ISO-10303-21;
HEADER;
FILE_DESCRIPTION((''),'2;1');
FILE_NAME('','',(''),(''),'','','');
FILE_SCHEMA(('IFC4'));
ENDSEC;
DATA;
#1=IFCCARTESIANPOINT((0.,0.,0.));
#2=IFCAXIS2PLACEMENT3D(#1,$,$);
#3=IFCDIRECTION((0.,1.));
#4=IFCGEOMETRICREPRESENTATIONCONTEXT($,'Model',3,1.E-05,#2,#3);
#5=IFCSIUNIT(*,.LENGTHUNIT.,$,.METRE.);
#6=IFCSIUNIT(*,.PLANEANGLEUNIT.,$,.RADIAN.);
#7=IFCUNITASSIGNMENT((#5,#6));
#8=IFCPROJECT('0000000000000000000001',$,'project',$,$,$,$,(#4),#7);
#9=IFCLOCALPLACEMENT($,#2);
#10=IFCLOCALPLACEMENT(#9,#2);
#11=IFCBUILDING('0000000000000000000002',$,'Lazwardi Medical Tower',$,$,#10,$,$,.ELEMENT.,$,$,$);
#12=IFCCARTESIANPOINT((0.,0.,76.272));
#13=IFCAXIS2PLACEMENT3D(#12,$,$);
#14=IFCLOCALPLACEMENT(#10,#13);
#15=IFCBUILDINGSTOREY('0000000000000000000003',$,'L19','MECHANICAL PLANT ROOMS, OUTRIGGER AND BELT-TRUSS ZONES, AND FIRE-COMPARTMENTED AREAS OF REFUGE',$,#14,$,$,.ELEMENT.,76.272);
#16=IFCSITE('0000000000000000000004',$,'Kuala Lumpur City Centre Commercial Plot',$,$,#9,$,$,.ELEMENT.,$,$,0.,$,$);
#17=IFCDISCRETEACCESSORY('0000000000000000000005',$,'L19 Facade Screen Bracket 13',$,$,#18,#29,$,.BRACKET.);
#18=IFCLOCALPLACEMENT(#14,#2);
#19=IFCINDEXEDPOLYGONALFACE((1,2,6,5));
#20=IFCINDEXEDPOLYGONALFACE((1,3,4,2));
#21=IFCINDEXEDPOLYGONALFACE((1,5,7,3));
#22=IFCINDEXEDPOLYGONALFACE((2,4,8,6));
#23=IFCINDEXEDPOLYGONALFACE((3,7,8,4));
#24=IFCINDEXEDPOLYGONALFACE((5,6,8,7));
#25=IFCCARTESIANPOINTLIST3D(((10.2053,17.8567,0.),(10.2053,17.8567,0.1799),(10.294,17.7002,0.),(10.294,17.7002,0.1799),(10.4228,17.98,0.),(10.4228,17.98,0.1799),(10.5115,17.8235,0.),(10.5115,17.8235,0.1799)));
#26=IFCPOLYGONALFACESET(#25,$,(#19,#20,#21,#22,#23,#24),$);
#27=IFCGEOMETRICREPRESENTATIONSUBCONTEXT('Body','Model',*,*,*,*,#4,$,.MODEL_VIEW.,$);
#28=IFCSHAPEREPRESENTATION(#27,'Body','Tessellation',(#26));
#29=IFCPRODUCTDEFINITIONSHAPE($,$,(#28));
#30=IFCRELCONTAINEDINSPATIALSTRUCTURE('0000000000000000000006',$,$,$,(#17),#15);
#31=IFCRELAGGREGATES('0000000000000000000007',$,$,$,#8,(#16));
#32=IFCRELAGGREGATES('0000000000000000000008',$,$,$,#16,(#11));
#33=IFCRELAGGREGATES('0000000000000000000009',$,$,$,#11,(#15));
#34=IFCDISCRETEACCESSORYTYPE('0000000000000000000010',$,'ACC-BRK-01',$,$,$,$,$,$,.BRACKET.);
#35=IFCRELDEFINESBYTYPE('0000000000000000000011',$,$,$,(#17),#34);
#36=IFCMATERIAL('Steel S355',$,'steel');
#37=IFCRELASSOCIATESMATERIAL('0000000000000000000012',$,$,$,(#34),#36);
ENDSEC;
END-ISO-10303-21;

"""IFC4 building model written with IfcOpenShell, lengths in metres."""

from ifc_helpers import new_model, si_unit, direction, frame, origin, origin_2d, place, context, subcontext, project, spatial, rectangle, extrude, material, type_object, element, save


model = new_model("IFC4")

# Units and contexts
model_context = context("Model", 3, precision=1e-05, world=origin(), true_north=direction((0.0, 1.0)))
body_context = subcontext(model_context, "Body", "Model", "MODEL_VIEW")
ifc_project = project(units=[si_unit("LENGTHUNIT", "METRE"), si_unit("PLANEANGLEUNIT", "RADIAN")], contexts=[model_context])

# Site, building, storey
site_placement = place(None, origin())
site = spatial("IfcSite", under=ifc_project, at=site_placement, Name="Kuala Lumpur City Centre Commercial Plot", CompositionType="ELEMENT", RefElevation=0.0)
building_placement = place(site_placement, origin())
building = spatial("IfcBuilding", under=site, at=building_placement, Name="Lazwardi Medical Tower", CompositionType="ELEMENT")
storey_placement = place(building_placement, frame((0.0, 0.0, 76.272)))
storey = spatial("IfcBuildingStorey", under=building, at=storey_placement, Name="L19", Description="MECHANICAL PLANT ROOMS, OUTRIGGER AND BELT-TRUSS ZONES, AND FIRE-COMPARTMENTED AREAS OF REFUGE", CompositionType="ELEMENT", Elevation=76.272)

# Shared definitions
ifc_material_1 = material(Name="Steel S355", Category="steel")

# Discrete accessory
discrete_accessory_type = type_object("IfcDiscreteAccessoryType", Name="ACC-BRK-01", PredefinedType="BRACKET", material=ifc_material_1)
for number, where, z_axis, x_axis, name in (
    (1, (10.3584, 17.8401, 0.0), (0.0, 0.0, 1.0), (0.493194, -0.86992, 0.0), "L19 Facade Screen Bracket 13"),
):
    element("IfcDiscreteAccessory", number, at=place(storey_placement, frame(where, z_axis=z_axis, x_axis=x_axis)), inside=storey, type_object=discrete_accessory_type, Name=name, PredefinedType="BRACKET", context=body_context, shape_type="SweptSolid", body=[
        extrude(rectangle(XDim=0.1799, YDim=0.25, at=origin_2d()), origin(), (0.0, 0.0, 1.0), 0.1799),
    ])

save(model, "model.ifc")
